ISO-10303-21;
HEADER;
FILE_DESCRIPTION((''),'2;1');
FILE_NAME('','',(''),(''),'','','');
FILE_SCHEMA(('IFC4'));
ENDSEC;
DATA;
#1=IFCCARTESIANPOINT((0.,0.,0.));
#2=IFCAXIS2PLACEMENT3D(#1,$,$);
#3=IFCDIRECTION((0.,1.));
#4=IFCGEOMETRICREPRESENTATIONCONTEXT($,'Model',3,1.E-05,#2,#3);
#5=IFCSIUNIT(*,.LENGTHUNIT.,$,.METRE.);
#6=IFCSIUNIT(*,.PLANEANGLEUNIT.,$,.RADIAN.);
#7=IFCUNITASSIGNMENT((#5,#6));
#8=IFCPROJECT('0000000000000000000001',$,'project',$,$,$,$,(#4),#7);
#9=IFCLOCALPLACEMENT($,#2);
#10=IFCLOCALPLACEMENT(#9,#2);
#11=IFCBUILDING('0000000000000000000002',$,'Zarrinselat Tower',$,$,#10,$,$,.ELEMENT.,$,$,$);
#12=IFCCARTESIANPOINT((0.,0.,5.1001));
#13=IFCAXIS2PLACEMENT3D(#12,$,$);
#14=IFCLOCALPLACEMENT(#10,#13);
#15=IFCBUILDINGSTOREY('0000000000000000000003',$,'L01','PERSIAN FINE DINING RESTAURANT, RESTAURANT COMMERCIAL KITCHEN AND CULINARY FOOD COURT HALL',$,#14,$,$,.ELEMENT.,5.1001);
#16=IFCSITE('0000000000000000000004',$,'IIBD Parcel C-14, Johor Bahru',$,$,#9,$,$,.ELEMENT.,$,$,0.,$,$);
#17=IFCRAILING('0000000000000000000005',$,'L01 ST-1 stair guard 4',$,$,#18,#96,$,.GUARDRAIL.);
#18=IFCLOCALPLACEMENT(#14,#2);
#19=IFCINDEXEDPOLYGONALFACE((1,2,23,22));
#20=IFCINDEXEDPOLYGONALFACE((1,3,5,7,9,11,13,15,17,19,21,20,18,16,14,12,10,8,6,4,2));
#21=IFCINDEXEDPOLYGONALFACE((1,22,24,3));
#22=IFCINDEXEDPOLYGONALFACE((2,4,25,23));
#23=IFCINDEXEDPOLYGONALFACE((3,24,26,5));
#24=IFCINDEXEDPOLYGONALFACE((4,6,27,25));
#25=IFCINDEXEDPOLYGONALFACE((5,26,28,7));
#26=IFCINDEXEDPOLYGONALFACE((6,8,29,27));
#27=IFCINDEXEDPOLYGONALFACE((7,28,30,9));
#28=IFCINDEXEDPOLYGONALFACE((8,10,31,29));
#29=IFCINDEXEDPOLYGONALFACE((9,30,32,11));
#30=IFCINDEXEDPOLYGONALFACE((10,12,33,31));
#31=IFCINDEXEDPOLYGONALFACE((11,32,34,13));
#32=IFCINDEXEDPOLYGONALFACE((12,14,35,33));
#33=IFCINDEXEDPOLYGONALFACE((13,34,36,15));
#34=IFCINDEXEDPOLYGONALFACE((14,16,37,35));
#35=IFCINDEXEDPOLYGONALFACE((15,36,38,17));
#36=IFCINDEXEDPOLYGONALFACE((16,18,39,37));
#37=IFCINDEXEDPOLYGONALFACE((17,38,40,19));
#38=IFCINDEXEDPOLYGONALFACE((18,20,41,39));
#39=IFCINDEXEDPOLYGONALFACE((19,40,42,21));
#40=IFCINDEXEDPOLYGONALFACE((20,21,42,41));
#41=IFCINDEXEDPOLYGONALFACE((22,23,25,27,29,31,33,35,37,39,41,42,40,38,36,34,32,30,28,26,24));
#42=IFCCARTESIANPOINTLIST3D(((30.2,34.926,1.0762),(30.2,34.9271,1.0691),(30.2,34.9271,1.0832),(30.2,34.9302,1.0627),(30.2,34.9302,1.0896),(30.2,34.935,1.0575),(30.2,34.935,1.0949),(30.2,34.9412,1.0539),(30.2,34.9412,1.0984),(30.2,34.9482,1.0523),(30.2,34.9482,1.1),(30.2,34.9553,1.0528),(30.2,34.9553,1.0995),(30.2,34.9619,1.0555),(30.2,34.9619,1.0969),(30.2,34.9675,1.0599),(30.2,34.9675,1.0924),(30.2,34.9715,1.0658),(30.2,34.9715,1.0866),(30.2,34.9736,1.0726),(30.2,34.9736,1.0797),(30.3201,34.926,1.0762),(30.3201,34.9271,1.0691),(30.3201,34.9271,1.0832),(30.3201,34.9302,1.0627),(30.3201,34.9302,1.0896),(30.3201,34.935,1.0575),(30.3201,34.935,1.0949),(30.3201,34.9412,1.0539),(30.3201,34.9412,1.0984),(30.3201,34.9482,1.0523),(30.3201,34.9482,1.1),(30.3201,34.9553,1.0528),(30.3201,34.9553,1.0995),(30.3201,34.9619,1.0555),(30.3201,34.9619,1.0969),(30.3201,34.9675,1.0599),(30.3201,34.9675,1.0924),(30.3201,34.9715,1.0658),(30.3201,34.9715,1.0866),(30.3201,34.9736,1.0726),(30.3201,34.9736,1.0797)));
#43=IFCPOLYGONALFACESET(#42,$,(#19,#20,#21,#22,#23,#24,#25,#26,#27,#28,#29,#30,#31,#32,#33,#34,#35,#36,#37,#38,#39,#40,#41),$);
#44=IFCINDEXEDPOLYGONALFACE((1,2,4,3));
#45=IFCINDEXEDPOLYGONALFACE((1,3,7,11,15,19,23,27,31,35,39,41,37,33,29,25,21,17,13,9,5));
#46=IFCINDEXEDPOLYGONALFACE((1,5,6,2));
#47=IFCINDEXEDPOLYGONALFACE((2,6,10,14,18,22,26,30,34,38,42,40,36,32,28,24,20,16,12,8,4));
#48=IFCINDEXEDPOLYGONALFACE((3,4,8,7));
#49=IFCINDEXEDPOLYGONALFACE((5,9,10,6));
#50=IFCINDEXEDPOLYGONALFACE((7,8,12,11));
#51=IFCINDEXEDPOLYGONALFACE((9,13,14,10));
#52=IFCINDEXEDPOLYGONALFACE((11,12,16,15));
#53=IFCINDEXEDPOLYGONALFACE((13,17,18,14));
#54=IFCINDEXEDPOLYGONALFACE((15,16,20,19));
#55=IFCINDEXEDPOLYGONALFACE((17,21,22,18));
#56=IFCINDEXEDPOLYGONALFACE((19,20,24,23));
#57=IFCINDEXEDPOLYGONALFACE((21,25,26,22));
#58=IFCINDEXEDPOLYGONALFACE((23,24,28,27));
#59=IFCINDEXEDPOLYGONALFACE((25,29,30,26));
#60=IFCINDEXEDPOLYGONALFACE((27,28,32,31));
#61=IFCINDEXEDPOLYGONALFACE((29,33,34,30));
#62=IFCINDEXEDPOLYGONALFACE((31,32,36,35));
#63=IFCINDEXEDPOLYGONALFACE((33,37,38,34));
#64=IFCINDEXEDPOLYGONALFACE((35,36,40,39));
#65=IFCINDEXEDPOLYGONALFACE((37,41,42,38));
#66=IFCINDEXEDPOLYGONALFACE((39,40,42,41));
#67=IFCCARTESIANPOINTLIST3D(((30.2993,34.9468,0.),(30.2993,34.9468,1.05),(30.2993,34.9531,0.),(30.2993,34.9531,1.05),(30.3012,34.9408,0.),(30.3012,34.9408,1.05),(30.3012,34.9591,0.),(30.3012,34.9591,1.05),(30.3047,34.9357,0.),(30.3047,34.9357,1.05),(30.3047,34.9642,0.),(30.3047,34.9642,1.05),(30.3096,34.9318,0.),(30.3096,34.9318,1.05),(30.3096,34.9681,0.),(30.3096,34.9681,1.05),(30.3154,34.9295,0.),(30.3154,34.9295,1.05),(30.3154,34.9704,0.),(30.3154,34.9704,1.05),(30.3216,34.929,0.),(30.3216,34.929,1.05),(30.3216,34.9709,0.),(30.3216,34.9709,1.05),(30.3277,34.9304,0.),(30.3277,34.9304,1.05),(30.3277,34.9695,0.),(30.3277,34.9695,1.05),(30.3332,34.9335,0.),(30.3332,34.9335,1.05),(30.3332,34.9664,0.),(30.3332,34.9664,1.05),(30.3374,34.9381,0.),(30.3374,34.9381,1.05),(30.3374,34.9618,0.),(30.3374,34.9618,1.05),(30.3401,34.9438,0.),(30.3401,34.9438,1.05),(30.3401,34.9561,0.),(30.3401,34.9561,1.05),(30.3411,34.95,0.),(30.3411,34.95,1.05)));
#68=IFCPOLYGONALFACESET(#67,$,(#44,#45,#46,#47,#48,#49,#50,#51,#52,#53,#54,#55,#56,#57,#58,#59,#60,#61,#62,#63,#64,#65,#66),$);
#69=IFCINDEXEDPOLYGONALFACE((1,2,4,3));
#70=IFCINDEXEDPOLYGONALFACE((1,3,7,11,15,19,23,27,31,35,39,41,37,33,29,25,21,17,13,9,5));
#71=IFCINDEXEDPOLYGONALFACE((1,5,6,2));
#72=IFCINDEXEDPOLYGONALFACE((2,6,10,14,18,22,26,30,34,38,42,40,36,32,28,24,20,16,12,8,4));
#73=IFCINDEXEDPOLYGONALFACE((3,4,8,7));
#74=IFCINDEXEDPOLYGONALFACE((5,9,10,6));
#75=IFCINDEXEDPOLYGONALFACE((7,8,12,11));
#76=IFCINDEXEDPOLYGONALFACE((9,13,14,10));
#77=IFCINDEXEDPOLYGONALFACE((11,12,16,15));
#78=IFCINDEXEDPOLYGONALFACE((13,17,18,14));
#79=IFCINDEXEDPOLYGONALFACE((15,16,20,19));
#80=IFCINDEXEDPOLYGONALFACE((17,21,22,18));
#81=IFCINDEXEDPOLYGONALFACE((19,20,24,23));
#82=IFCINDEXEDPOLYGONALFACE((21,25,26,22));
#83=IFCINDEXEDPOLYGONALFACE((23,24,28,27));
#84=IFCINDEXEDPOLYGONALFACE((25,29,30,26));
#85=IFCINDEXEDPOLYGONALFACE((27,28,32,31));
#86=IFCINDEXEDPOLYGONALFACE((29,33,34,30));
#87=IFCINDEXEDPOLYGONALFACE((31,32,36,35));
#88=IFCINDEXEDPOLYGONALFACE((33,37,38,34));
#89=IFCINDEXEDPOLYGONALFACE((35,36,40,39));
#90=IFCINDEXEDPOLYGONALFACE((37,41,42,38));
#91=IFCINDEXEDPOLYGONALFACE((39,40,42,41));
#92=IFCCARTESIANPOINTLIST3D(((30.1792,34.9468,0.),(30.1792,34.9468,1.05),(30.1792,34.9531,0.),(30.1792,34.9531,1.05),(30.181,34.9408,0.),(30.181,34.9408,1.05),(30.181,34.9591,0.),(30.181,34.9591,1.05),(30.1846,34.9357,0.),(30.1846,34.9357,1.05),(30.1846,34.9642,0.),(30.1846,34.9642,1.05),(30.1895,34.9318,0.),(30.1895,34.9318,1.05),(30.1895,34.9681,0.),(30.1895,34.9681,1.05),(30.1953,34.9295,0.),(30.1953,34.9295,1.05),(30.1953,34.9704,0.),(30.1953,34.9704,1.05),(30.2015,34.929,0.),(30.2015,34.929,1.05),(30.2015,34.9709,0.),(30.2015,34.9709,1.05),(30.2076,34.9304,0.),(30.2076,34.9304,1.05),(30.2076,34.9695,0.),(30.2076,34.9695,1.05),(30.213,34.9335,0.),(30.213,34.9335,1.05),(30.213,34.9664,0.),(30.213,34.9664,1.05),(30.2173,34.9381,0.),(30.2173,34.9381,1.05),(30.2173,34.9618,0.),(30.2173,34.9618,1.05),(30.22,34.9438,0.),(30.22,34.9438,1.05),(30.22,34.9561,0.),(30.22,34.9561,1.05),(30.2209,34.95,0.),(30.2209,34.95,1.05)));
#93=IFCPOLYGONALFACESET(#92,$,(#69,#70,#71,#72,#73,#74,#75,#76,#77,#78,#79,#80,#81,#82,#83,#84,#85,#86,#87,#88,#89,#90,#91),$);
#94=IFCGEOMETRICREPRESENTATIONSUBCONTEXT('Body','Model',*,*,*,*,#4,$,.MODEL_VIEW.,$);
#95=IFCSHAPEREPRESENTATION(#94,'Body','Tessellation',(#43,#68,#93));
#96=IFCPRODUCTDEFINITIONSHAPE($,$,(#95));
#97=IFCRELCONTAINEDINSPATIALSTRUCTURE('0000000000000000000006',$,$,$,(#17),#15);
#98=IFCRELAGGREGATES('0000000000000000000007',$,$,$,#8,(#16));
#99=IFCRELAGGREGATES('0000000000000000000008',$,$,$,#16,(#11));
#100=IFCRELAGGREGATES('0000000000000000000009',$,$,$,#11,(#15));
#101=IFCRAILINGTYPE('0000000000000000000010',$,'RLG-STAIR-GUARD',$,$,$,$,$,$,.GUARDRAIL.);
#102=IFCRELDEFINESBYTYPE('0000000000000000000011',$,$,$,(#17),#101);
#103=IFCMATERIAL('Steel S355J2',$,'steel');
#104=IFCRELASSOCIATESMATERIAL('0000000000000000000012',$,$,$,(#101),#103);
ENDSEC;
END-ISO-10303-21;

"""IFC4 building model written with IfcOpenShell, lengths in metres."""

from ifc_helpers import new_model, si_unit, direction, frame, origin, origin_2d, place, context, subcontext, project, spatial, circle, extrude, material, type_object, element, save


model = new_model("IFC4")

# Units and contexts
model_context = context("Model", 3, precision=1e-05, world=origin(), true_north=direction((0.0, 1.0)))
body_context = subcontext(model_context, "Body", "Model", "MODEL_VIEW")
ifc_project = project(units=[si_unit("LENGTHUNIT", "METRE"), si_unit("PLANEANGLEUNIT", "RADIAN")], contexts=[model_context])

# Site, building, storey
site_placement = place(None, origin())
site = spatial("IfcSite", under=ifc_project, at=site_placement, Name="IIBD Parcel C-14, Johor Bahru", CompositionType="ELEMENT", RefElevation=0.0)
building_placement = place(site_placement, origin())
building = spatial("IfcBuilding", under=site, at=building_placement, Name="Zarrinselat Tower", CompositionType="ELEMENT")
storey_placement = place(building_placement, frame((0.0, 0.0, 5.1001)))
storey = spatial("IfcBuildingStorey", under=building, at=storey_placement, Name="L01", Description="PERSIAN FINE DINING RESTAURANT, RESTAURANT COMMERCIAL KITCHEN AND CULINARY FOOD COURT HALL", CompositionType="ELEMENT", Elevation=5.1001)

# Railing
ifc_material_1 = material(Name="Steel S355J2", Category="steel")
railing_type_1 = type_object("IfcRailingType", Name="RLG-STAIR-GUARD", PredefinedType="GUARDRAIL", material=ifc_material_1)
railing_1_placement = place(storey_placement, frame((30.3201, 34.95, 0.0)))
element("IfcRailing", 1, at=railing_1_placement, inside=storey, type_object=railing_type_1, Name="L01 ST-1 stair guard 4", PredefinedType="GUARDRAIL", context=body_context, shape_type="SweptSolid", body=[
    extrude(circle(Radius=0.0239, at=origin_2d()), frame((0.0, 0.0, 1.0762), z_axis=(-1.0, 0.0, 0.0), x_axis=(0.0, -1.0, 0.0)), (0.0, 0.0, 1.0), 0.1201),
    extrude(circle(Radius=0.021, at=origin_2d()), origin(), (0.0, 0.0, 1.0), 1.05),
    extrude(circle(Radius=0.021, at=origin_2d()), frame((-0.1201, 0.0, 0.0)), (0.0, 0.0, 1.0), 1.05),
])

save(model, "model.ifc")
